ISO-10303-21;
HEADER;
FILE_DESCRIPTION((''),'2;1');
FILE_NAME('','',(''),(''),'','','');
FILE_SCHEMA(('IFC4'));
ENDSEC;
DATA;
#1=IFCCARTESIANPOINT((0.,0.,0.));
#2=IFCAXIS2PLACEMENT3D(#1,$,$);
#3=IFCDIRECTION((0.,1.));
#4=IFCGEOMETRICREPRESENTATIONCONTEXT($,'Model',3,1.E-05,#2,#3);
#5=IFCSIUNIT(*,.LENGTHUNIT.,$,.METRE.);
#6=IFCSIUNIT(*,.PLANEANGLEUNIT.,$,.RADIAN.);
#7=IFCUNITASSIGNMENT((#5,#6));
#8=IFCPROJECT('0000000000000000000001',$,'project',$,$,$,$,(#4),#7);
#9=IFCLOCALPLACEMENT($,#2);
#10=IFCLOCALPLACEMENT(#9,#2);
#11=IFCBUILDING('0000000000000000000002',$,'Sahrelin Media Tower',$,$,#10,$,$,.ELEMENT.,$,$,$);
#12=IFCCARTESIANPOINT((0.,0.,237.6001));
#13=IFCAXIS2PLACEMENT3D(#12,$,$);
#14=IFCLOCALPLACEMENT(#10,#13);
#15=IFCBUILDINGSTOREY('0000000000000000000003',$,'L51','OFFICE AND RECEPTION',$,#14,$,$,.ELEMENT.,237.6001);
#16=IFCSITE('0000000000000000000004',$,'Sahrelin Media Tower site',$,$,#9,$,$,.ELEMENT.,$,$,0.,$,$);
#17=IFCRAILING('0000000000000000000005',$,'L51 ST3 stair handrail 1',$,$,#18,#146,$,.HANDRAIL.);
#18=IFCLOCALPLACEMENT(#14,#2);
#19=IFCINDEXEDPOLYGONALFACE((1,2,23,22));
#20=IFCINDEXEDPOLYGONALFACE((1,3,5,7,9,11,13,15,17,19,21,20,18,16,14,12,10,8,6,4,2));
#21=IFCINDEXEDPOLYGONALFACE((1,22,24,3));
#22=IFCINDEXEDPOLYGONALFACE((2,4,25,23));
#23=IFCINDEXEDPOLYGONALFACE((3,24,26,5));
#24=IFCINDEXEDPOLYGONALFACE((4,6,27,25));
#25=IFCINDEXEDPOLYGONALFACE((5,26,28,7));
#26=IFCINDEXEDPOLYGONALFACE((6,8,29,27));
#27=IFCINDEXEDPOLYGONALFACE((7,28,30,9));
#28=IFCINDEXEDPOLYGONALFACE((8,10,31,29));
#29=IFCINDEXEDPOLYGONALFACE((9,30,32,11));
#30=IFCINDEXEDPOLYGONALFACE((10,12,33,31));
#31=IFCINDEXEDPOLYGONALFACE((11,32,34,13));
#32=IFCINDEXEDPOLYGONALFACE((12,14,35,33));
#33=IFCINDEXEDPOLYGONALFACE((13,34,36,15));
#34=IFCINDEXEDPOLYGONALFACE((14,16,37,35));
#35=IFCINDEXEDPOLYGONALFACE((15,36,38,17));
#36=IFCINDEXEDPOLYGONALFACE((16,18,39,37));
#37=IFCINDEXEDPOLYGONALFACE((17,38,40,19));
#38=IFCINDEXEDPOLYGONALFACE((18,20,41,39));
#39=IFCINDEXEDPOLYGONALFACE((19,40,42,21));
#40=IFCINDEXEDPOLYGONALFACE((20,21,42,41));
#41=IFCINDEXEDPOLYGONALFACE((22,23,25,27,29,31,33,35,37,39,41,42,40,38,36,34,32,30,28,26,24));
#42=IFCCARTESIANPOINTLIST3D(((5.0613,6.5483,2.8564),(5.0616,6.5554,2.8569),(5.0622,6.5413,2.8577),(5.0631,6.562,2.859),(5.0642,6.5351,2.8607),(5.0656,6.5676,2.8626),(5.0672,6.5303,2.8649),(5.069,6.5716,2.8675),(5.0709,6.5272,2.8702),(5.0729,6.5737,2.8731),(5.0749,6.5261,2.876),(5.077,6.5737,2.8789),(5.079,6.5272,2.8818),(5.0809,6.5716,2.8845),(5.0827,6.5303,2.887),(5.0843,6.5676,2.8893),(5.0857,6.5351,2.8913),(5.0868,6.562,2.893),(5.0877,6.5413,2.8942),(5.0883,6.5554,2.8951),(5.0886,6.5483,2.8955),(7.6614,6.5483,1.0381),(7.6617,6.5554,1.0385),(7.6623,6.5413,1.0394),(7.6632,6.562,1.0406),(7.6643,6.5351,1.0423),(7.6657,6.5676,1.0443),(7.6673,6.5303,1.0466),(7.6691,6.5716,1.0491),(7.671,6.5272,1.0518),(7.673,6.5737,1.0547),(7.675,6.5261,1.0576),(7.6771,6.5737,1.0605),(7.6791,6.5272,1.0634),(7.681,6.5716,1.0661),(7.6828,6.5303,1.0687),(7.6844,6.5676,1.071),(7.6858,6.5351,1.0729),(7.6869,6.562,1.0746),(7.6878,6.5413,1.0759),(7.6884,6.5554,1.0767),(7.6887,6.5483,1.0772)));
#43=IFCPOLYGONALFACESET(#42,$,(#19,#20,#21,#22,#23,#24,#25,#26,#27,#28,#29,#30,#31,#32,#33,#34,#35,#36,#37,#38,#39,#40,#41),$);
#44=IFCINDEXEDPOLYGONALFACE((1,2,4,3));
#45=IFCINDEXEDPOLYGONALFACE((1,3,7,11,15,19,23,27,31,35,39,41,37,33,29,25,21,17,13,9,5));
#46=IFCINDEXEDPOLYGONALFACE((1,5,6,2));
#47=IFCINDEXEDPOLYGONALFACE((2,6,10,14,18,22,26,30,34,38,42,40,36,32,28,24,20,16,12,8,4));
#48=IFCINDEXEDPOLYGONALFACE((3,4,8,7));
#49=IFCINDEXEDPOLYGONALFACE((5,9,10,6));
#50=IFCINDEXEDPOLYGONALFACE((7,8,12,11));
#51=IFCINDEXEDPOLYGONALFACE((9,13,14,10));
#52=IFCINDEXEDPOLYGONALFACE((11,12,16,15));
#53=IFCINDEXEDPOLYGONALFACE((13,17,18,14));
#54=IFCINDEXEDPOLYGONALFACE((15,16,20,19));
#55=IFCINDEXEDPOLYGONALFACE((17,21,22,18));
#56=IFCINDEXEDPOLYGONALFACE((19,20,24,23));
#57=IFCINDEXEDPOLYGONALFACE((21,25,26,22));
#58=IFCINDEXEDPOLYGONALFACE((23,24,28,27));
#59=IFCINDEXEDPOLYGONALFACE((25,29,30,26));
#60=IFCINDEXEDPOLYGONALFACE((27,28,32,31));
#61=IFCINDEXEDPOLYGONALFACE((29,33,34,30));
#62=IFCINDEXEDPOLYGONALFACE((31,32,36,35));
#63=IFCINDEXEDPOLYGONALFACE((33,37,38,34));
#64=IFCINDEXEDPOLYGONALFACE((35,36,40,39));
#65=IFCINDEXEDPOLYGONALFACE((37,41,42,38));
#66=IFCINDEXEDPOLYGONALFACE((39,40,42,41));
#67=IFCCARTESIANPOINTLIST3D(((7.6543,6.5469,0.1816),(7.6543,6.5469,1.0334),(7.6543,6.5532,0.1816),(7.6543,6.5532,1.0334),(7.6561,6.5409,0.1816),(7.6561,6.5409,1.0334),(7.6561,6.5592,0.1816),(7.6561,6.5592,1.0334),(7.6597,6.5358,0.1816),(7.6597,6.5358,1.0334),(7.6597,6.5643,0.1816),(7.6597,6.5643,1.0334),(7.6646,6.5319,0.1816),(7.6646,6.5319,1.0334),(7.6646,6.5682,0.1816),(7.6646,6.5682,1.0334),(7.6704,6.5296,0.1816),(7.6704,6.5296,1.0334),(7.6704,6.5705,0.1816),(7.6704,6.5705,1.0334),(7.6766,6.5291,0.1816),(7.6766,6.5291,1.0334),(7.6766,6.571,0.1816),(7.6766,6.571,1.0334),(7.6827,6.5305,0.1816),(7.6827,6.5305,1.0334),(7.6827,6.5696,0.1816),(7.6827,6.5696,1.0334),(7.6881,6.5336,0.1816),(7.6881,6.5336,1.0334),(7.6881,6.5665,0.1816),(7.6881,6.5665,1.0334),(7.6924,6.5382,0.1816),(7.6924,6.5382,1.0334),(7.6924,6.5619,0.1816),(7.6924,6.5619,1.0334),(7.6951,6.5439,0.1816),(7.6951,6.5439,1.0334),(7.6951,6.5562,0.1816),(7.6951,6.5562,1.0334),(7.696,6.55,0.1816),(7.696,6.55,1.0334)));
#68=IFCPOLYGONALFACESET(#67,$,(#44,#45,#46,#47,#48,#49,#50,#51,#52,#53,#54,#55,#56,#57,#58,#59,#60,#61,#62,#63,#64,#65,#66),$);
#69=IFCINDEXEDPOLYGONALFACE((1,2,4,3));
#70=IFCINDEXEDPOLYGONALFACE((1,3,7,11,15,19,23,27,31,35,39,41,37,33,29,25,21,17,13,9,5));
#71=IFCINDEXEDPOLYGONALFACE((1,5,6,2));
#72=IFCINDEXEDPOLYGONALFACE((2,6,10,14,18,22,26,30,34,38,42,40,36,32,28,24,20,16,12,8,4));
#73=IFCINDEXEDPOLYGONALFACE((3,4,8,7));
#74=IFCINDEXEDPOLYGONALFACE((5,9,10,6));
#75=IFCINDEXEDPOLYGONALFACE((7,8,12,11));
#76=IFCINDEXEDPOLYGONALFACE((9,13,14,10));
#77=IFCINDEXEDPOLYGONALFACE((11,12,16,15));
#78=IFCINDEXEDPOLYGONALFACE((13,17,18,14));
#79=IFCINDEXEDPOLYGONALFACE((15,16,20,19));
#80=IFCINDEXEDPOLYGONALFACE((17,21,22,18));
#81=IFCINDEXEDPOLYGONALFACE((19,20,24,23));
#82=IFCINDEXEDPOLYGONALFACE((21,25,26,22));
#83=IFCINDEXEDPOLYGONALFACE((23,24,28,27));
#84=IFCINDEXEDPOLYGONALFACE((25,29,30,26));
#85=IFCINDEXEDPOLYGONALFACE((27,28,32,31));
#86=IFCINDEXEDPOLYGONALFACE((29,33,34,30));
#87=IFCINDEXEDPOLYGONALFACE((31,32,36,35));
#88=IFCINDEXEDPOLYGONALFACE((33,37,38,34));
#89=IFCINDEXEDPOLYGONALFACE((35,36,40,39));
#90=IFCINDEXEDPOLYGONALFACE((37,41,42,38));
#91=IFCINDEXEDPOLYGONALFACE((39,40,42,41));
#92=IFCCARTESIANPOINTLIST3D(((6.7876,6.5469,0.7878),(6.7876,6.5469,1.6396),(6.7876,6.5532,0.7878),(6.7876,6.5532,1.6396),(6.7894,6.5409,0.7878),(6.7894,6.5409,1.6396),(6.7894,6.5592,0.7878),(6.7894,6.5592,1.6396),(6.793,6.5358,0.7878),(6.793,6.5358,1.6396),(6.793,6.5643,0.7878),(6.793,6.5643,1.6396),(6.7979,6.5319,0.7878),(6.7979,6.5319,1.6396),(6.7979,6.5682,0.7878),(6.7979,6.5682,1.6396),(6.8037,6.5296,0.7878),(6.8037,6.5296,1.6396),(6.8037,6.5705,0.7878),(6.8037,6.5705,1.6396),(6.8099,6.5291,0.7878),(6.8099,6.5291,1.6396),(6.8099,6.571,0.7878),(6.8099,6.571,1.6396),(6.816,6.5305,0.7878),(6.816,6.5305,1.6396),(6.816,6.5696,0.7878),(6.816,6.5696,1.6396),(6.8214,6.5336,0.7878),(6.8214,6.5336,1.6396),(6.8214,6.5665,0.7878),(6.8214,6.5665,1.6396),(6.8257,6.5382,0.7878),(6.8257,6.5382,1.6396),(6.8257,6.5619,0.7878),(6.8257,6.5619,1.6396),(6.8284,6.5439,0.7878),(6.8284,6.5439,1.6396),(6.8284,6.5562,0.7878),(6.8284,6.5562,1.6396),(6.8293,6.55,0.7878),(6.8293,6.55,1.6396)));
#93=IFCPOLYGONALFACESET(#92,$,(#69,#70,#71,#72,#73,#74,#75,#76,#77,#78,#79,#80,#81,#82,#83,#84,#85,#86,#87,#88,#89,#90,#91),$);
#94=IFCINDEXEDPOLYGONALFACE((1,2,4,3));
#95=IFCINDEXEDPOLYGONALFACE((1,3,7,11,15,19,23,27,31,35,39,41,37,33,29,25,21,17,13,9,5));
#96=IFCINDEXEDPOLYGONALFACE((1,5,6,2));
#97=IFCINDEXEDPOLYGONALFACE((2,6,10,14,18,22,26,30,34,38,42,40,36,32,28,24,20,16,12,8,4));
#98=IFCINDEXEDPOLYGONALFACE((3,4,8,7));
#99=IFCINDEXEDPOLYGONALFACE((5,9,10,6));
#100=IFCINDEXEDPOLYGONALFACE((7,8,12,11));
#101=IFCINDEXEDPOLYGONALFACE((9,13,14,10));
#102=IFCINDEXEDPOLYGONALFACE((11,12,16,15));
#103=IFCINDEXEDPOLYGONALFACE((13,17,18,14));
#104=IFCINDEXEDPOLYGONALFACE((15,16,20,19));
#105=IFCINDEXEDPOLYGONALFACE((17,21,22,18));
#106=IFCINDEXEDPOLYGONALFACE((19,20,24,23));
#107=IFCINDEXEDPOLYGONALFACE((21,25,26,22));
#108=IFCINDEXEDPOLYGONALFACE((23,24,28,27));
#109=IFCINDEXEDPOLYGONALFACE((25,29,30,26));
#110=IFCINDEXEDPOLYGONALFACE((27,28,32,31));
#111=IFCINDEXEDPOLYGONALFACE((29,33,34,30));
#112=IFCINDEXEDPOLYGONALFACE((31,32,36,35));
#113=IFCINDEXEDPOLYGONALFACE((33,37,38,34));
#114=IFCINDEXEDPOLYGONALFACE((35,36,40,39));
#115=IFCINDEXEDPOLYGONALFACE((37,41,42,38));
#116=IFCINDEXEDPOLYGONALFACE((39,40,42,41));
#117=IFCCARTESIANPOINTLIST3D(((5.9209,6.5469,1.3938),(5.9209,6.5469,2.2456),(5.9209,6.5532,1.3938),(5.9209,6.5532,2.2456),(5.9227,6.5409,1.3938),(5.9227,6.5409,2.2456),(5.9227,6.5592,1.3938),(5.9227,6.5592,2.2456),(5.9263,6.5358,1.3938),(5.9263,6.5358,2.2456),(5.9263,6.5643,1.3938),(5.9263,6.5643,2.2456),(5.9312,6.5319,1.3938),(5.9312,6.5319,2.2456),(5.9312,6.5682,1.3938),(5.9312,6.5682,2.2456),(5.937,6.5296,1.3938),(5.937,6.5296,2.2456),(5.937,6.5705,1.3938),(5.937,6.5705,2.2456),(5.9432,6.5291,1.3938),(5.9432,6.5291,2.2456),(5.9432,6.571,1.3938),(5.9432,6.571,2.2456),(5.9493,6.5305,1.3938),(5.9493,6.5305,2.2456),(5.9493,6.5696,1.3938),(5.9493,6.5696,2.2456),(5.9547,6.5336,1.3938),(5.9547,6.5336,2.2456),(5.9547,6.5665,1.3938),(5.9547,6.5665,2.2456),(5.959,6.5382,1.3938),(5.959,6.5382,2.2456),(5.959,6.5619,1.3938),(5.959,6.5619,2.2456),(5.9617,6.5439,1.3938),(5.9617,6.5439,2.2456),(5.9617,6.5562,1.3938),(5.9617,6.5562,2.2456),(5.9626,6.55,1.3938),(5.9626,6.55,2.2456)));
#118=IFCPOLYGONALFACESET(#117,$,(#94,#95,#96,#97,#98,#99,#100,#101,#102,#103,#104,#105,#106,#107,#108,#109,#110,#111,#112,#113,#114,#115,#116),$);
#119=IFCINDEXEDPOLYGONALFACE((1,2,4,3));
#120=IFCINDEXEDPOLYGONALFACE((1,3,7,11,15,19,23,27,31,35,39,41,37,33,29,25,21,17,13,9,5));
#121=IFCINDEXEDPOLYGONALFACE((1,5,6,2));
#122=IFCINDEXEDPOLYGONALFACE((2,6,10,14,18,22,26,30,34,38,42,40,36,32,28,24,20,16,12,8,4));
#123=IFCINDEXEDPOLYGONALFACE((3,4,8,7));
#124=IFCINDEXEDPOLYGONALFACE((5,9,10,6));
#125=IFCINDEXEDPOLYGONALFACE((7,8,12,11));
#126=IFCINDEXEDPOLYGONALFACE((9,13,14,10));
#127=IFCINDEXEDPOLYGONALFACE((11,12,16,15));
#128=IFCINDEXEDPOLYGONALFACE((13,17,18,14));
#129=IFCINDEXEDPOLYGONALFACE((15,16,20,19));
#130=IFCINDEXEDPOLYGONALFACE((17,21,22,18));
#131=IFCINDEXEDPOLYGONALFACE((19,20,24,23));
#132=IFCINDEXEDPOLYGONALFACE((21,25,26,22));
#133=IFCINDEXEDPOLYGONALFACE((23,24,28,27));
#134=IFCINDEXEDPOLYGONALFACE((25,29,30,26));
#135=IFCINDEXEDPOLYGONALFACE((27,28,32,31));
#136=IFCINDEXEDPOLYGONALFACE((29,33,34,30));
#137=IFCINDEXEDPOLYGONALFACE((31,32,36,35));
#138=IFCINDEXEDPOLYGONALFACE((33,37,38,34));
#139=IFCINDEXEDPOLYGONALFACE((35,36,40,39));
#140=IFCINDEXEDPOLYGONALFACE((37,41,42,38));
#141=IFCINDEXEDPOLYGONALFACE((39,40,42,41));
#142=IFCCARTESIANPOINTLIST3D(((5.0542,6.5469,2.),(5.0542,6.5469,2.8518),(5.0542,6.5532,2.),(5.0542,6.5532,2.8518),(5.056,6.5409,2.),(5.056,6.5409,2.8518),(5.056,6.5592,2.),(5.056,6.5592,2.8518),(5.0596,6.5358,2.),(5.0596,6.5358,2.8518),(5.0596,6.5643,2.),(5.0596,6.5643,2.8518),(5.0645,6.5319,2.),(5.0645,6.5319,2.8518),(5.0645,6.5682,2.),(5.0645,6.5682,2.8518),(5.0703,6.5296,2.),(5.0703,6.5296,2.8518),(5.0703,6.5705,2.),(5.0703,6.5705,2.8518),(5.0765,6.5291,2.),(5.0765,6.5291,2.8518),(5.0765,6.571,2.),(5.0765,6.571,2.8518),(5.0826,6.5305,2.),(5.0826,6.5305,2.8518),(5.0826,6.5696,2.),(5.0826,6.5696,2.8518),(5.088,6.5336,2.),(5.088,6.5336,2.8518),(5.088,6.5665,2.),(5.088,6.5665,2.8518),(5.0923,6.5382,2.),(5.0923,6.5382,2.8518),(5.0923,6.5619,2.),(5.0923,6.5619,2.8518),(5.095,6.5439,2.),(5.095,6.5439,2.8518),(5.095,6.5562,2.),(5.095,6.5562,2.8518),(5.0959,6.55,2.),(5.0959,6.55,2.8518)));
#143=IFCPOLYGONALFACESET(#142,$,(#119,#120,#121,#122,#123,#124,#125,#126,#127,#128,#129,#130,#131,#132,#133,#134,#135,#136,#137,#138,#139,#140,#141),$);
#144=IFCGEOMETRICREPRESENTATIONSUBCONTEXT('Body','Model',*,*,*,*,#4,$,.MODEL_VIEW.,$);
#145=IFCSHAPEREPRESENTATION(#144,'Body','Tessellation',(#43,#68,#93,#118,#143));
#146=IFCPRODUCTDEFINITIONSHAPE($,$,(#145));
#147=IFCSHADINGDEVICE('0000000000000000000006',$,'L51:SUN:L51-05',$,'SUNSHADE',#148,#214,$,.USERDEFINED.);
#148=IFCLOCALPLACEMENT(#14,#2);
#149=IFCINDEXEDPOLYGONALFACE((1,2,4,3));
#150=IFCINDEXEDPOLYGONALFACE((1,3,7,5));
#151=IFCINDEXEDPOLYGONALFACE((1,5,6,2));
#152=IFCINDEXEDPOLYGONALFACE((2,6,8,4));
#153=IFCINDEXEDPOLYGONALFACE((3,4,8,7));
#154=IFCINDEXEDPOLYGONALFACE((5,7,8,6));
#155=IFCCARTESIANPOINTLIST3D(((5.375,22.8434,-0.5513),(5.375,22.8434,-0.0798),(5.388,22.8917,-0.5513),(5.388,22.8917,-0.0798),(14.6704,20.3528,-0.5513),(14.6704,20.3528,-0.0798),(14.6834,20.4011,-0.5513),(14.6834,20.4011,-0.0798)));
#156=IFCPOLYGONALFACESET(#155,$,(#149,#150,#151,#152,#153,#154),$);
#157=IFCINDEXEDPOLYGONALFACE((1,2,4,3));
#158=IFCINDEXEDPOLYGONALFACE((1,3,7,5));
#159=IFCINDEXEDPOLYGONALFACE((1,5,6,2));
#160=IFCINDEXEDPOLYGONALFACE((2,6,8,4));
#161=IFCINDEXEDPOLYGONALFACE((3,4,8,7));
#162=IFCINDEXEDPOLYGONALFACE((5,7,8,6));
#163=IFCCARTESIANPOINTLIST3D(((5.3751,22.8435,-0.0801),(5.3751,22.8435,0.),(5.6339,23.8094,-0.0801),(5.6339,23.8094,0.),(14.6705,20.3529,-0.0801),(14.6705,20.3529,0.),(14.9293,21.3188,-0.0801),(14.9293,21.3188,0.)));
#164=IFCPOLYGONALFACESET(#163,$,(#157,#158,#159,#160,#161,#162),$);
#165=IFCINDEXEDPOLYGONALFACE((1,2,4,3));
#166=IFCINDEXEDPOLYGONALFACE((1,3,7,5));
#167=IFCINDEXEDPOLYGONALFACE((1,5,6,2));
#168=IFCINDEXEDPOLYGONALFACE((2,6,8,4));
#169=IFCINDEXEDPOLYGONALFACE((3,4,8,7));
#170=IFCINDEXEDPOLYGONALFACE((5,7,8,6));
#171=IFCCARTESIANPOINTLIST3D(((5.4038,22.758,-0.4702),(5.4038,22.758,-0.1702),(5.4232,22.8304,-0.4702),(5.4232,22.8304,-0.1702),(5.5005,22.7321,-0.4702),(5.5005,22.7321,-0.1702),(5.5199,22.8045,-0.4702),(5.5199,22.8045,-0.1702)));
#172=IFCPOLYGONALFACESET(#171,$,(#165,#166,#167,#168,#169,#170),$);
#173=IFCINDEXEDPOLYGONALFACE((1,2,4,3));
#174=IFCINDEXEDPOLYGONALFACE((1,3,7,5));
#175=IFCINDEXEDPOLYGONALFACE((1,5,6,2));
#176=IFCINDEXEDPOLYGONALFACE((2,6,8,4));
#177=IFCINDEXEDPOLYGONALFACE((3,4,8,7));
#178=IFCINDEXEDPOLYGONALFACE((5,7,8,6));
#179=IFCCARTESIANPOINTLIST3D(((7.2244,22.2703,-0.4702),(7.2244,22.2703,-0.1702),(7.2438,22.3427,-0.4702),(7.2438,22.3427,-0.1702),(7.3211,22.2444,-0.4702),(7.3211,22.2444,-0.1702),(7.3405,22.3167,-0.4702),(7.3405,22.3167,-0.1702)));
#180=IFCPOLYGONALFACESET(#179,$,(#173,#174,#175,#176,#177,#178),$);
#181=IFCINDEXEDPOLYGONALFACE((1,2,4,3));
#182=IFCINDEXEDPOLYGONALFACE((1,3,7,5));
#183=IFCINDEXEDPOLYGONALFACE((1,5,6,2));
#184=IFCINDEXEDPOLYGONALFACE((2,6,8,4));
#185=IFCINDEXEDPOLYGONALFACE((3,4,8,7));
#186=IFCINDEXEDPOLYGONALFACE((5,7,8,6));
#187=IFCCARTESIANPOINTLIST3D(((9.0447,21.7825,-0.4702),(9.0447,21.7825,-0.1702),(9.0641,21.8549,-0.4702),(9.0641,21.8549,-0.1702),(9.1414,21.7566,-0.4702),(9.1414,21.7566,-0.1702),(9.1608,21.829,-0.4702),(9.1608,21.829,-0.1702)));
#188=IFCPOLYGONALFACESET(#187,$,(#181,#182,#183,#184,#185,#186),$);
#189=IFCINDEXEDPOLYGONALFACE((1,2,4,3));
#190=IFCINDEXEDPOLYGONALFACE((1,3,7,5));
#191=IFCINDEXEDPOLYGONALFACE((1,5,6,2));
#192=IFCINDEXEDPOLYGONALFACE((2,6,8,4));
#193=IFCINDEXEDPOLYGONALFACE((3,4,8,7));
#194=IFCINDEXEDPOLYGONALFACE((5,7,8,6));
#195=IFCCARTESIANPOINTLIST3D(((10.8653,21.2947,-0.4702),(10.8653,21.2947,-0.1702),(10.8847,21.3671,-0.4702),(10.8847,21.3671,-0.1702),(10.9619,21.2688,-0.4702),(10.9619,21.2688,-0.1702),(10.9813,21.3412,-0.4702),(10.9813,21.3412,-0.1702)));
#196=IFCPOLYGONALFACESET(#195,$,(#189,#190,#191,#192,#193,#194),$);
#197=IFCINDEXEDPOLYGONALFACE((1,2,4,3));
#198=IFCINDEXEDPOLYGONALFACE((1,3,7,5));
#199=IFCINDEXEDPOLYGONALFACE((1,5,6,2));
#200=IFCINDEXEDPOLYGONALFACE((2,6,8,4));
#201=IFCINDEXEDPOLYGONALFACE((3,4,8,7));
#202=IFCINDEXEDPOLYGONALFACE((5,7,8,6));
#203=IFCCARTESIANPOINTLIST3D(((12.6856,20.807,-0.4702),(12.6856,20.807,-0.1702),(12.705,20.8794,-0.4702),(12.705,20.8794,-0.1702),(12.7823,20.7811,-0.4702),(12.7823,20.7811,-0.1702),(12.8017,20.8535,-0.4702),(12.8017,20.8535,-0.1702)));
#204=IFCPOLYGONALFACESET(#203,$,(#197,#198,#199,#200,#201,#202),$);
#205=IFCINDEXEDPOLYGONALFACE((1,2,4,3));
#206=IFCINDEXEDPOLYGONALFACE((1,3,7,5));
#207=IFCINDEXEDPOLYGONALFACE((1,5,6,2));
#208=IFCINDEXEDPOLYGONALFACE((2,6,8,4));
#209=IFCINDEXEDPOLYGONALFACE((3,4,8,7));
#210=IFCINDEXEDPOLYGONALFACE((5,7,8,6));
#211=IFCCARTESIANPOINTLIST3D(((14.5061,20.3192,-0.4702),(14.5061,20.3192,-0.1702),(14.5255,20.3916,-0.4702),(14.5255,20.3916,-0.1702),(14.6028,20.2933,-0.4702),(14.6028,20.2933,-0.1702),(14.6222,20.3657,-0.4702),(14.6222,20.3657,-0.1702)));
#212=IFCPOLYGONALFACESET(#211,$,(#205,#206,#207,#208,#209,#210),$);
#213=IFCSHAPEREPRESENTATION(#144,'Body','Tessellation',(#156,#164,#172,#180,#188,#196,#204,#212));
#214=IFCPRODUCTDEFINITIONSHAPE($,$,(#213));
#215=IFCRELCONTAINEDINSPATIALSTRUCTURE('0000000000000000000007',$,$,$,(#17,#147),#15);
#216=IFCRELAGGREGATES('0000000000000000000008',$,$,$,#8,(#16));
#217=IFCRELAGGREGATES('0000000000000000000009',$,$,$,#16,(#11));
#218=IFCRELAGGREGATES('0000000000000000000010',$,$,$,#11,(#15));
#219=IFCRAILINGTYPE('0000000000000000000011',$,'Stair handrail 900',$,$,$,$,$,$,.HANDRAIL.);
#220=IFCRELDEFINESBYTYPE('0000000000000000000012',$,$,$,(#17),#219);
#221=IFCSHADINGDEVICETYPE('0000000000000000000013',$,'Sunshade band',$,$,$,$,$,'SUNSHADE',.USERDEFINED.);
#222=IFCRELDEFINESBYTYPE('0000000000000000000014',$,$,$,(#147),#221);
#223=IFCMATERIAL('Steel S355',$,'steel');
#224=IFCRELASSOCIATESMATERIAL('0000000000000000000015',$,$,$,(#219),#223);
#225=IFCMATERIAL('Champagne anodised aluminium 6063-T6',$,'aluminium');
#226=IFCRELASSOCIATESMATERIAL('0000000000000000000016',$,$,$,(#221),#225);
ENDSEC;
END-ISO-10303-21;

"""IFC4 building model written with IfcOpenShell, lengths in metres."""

from ifc_helpers import new_model, si_unit, direction, frame, origin, origin_2d, place, context, subcontext, project, spatial, rectangle, circle, extrude, material, type_object, element, save


model = new_model("IFC4")

# Units and contexts
model_context = context("Model", 3, precision=1e-05, world=origin(), true_north=direction((0.0, 1.0)))
body_context = subcontext(model_context, "Body", "Model", "MODEL_VIEW")
ifc_project = project(units=[si_unit("LENGTHUNIT", "METRE"), si_unit("PLANEANGLEUNIT", "RADIAN")], contexts=[model_context])

# Site, building, storey
site_placement = place(None, origin())
site = spatial("IfcSite", under=ifc_project, at=site_placement, Name="Sahrelin Media Tower site", CompositionType="ELEMENT", RefElevation=0.0)
building_placement = place(site_placement, origin())
building = spatial("IfcBuilding", under=site, at=building_placement, Name="Sahrelin Media Tower", CompositionType="ELEMENT")
storey_placement = place(building_placement, frame((0.0, 0.0, 237.6001)))
storey = spatial("IfcBuildingStorey", under=building, at=storey_placement, Name="L51", Description="OFFICE AND RECEPTION", CompositionType="ELEMENT", Elevation=237.6001)

# Shared definitions
ifc_material_1 = material(Name="Steel S355", Category="steel")

# Shared definitions
ifc_material_2 = material(Name="Champagne anodised aluminium 6063-T6", Category="aluminium")

# Shared definitions
placement_1 = place(storey_placement, frame((10.0176, 21.5789, 0.0), z_axis=(0.0, 0.0, 1.0), x_axis=(0.965929, -0.258808, 0.0)))

# Railing
railing_type_1 = type_object("IfcRailingType", Name="Stair handrail 900", PredefinedType="HANDRAIL", material=ifc_material_1)
railing_1_placement = place(storey_placement, frame((7.675, 6.55, 0.1816)))
element("IfcRailing", 1, at=railing_1_placement, inside=storey, type_object=railing_type_1, Name="L51 ST3 stair handrail 1", PredefinedType="HANDRAIL", context=body_context, shape_type="SweptSolid", body=[
    extrude(circle(Radius=0.0239, at=origin_2d()), frame((0.0, 0.0, 0.876), z_axis=(-0.819485, 0.0, 0.573101), x_axis=(0.0, -1.0, 0.0)), (0.0, 0.0, 1.0), 3.1729),
    extrude(circle(Radius=0.021, at=origin_2d()), origin(), (0.0, 0.0, 1.0), 0.8518),
    extrude(circle(Radius=0.021, at=origin_2d()), frame((-0.8667, 0.0, 0.6062)), (0.0, 0.0, 1.0), 0.8518),
    extrude(circle(Radius=0.021, at=origin_2d()), frame((-1.7334, 0.0, 1.2122)), (0.0, 0.0, 1.0), 0.8518),
    extrude(circle(Radius=0.021, at=origin_2d()), frame((-2.6001, 0.0, 1.8184)), (0.0, 0.0, 1.0), 0.8518),
])

# Shading device
shading_device_type_1 = type_object("IfcShadingDeviceType", Name="Sunshade band", ElementType="SUNSHADE", PredefinedType="USERDEFINED", material=ifc_material_2)
element("IfcShadingDevice", 2, at=placement_1, inside=storey, type_object=shading_device_type_1, Name="L51:SUN:L51-05", ObjectType="SUNSHADE", PredefinedType="USERDEFINED", context=body_context, shape_type="SweptSolid", body=[
    extrude(rectangle(XDim=9.6233, YDim=0.05, at=origin_2d()), frame((0.0, 0.0449, -0.5513)), (0.0, 0.0, 1.0), 0.4714),
    extrude(rectangle(XDim=9.6233, YDim=1.0, at=origin_2d()), frame((0.0, 0.52, -0.0801)), (0.0, 0.0, 1.0), 0.0801),
    extrude(rectangle(XDim=0.1001, YDim=0.075, at=origin_2d()), frame((-4.7117, -0.0176, -0.4702)), (0.0, 0.0, 1.0), 0.3),
    extrude(rectangle(XDim=0.1001, YDim=0.075, at=origin_2d()), frame((-2.8269, -0.0176, -0.4702)), (0.0, 0.0, 1.0), 0.3),
    extrude(rectangle(XDim=0.1001, YDim=0.075, at=origin_2d()), frame((-0.9424, -0.0176, -0.4702)), (0.0, 0.0, 1.0), 0.3),
    extrude(rectangle(XDim=0.1001, YDim=0.075, at=origin_2d()), frame((0.9424, -0.0176, -0.4702)), (0.0, 0.0, 1.0), 0.3),
    extrude(rectangle(XDim=0.1001, YDim=0.075, at=origin_2d()), frame((2.8269, -0.0176, -0.4702)), (0.0, 0.0, 1.0), 0.3),
    extrude(rectangle(XDim=0.1001, YDim=0.075, at=origin_2d()), frame((4.7117, -0.0176, -0.4702)), (0.0, 0.0, 1.0), 0.3),
])

save(model, "model.ifc")
